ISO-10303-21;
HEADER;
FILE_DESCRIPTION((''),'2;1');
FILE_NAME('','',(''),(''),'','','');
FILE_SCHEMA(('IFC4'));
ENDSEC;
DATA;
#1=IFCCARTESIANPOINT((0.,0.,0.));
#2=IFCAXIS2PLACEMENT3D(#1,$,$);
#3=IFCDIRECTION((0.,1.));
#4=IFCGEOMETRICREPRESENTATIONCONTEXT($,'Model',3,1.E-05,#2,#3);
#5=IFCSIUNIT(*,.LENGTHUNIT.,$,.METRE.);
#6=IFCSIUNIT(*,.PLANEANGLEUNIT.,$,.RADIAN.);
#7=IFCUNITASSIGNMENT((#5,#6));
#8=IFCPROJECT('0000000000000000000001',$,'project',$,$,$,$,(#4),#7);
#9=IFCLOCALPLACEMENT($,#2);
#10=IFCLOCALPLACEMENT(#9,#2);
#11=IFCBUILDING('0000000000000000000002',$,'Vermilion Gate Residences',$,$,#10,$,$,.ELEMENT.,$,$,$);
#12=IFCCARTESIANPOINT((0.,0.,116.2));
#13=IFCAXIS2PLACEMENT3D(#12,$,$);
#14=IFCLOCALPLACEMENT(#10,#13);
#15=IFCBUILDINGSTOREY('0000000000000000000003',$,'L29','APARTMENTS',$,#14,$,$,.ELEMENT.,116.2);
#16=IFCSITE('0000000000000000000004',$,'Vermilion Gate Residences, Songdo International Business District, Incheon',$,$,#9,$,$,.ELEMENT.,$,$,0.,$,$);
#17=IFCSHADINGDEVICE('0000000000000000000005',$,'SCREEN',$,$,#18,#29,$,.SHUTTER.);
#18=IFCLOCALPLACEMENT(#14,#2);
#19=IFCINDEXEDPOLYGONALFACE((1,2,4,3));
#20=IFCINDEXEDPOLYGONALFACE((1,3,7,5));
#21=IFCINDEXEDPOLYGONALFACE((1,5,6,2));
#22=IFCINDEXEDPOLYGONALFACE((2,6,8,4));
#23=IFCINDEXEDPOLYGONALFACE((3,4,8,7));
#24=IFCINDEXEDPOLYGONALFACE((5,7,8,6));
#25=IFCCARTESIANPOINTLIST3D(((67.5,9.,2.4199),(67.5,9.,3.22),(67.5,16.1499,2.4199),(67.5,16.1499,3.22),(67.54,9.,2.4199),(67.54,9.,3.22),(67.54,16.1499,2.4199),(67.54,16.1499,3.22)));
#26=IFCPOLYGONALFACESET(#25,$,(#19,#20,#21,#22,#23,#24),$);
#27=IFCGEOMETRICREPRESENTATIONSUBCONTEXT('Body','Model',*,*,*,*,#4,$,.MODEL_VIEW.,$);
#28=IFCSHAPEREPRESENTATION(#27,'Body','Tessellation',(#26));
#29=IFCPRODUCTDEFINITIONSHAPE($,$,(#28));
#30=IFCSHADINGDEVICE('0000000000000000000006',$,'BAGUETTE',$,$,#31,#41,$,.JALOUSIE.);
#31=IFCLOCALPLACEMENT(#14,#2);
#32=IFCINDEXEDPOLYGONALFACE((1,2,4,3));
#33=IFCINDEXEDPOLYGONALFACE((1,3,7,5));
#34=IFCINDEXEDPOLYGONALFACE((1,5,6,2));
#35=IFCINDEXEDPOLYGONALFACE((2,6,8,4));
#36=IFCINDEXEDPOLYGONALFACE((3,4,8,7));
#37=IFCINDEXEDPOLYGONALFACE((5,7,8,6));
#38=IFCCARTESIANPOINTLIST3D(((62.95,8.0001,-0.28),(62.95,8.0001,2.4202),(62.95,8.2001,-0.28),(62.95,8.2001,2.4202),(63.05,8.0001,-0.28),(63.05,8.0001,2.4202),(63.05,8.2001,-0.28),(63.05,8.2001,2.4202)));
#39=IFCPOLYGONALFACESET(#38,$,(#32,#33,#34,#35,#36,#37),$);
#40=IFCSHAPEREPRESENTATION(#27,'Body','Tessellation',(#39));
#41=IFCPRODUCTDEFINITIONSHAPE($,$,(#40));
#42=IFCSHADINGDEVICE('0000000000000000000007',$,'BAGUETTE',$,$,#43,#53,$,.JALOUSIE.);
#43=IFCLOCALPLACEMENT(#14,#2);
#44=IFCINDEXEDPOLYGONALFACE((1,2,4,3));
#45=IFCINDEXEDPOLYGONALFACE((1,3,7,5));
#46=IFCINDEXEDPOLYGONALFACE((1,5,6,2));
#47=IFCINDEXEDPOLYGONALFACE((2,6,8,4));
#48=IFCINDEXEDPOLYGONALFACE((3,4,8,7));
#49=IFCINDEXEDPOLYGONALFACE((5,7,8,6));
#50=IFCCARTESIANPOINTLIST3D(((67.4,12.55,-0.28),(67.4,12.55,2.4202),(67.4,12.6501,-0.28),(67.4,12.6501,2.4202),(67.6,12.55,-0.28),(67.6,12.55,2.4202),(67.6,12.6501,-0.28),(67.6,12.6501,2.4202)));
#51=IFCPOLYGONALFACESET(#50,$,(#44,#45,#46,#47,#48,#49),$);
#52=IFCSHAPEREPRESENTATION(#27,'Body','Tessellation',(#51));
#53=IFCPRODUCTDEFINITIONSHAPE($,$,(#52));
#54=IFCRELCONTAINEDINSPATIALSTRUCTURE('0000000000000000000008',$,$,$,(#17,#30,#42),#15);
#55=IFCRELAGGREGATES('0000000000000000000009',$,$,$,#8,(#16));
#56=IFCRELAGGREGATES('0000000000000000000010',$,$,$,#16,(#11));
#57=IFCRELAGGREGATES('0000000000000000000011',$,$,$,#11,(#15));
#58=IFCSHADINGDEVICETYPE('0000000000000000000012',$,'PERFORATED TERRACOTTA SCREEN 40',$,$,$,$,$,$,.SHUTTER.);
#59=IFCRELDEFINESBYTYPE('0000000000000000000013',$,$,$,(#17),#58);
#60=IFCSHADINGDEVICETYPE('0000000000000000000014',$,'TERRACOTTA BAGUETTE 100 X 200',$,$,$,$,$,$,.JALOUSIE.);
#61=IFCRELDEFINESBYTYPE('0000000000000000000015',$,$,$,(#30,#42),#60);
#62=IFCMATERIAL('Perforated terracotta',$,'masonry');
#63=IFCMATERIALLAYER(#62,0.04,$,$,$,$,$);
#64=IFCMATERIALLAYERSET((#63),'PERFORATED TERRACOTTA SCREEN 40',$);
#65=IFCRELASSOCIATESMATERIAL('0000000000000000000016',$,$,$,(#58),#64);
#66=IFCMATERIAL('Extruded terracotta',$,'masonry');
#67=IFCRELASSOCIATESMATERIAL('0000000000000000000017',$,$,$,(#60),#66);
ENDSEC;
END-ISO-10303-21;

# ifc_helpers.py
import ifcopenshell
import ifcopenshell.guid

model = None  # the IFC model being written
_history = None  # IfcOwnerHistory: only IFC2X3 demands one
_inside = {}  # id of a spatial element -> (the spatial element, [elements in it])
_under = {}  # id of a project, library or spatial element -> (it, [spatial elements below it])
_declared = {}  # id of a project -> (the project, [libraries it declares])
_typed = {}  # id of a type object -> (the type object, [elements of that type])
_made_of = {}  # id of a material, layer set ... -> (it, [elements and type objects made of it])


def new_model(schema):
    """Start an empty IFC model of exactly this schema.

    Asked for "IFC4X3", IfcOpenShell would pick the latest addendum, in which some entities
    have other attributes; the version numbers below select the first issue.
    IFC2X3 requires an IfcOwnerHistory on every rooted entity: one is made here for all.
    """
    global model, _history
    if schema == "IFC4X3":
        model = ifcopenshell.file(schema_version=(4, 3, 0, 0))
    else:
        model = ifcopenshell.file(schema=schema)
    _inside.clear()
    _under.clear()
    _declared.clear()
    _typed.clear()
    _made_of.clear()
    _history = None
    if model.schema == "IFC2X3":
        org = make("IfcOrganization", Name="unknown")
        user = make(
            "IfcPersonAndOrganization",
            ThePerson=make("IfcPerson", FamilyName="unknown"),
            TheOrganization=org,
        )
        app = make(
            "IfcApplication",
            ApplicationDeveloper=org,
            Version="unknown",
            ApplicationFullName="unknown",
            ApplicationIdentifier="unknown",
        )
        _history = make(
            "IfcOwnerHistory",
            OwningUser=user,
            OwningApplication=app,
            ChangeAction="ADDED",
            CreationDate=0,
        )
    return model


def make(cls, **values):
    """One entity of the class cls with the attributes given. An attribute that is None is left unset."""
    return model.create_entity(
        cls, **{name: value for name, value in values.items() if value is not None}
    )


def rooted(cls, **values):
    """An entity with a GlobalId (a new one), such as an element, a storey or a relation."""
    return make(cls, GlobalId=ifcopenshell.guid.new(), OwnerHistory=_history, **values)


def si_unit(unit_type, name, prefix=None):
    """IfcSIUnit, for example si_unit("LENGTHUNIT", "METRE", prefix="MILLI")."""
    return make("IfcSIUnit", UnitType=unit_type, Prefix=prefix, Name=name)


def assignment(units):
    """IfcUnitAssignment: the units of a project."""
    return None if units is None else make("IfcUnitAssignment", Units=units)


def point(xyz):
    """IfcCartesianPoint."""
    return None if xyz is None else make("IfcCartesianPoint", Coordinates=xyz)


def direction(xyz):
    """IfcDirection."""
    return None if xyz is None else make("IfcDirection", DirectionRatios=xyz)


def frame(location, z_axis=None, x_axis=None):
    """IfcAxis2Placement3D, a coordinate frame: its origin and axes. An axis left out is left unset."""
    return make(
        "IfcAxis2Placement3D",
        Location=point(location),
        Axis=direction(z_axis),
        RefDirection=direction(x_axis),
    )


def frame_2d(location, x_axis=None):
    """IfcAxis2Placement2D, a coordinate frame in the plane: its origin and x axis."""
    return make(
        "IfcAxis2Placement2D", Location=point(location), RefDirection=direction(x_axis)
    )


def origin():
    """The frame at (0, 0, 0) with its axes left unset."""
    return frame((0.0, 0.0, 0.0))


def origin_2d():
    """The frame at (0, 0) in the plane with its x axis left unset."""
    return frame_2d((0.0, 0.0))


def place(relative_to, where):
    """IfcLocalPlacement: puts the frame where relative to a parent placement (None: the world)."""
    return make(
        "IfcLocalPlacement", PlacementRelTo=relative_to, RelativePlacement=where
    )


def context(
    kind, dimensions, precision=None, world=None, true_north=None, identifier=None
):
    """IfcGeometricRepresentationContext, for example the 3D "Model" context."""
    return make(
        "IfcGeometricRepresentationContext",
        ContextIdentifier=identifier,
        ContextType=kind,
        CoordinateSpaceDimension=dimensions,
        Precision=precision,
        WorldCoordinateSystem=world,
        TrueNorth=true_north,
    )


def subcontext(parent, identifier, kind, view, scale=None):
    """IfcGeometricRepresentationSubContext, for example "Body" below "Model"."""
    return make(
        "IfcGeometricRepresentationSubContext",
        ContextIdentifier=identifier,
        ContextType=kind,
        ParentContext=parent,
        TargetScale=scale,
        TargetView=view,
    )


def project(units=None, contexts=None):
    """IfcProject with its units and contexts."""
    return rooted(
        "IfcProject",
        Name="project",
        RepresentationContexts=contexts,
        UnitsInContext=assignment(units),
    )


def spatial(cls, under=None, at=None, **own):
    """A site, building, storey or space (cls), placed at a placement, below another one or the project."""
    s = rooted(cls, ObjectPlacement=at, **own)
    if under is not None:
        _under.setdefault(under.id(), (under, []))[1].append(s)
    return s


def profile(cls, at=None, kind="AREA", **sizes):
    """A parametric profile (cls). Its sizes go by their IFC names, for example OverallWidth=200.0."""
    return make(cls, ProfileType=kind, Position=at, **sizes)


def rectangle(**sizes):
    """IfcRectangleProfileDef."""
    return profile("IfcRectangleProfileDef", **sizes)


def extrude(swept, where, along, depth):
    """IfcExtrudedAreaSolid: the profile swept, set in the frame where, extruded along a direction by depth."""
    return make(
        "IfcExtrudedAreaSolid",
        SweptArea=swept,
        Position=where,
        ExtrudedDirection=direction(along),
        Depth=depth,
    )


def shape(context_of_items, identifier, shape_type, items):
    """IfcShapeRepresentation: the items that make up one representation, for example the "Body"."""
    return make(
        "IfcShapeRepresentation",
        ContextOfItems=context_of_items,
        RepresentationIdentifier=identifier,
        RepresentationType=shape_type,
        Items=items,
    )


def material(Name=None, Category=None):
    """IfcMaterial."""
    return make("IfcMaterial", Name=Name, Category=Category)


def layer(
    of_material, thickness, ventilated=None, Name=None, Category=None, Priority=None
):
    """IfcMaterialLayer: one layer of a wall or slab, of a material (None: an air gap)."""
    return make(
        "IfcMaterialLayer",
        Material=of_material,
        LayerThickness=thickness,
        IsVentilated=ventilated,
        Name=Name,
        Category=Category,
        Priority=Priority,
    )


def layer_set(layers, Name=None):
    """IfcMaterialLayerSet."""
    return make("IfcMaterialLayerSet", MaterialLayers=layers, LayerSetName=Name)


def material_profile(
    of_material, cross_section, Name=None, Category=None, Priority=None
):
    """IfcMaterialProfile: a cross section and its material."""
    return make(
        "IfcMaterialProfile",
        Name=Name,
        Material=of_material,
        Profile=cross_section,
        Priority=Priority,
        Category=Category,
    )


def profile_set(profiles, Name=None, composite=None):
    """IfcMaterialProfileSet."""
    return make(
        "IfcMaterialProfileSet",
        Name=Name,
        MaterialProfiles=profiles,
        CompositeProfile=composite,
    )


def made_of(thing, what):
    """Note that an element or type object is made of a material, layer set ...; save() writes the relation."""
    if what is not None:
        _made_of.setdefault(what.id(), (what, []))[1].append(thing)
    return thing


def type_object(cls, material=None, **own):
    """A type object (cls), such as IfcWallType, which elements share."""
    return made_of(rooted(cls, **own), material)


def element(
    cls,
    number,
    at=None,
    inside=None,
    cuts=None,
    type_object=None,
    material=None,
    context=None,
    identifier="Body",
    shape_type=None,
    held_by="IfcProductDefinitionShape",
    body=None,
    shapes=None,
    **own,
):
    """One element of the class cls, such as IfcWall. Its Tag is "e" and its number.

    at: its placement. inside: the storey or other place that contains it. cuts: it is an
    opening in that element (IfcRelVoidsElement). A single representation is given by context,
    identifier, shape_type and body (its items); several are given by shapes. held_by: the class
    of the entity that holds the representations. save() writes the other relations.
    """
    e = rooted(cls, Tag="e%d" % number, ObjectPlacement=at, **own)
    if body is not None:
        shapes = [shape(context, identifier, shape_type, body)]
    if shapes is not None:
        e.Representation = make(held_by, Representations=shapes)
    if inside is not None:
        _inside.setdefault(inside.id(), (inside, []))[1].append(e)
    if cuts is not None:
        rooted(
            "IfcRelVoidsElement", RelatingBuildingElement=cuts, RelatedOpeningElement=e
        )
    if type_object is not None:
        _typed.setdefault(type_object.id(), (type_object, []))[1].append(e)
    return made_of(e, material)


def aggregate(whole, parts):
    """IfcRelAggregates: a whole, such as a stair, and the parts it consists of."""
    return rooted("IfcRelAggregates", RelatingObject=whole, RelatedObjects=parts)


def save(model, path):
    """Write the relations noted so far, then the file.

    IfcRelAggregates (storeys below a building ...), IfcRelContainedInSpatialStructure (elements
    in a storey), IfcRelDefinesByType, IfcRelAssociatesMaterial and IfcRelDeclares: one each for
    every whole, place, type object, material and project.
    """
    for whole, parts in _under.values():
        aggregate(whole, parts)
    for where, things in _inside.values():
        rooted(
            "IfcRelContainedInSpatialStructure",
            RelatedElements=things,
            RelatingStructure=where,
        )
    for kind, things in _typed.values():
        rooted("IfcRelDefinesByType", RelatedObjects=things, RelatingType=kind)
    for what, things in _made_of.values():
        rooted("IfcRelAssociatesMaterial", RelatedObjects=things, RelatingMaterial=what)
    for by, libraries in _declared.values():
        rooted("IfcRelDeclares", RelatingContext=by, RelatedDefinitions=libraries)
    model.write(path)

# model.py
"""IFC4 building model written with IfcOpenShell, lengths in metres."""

from ifc_helpers import new_model, si_unit, direction, frame, origin, origin_2d, place, context, subcontext, project, spatial, rectangle, extrude, material, layer, layer_set, material_profile, profile_set, type_object, element, save


model = new_model("IFC4")

# Units and contexts
model_context = context("Model", 3, precision=1e-05, world=origin(), true_north=direction((0.0, 1.0)))
body_context = subcontext(model_context, "Body", "Model", "MODEL_VIEW")
ifc_project = project(units=[si_unit("LENGTHUNIT", "METRE"), si_unit("PLANEANGLEUNIT", "RADIAN")], contexts=[model_context])

# Site, building, storey
site_placement = place(None, origin())
site = spatial("IfcSite", under=ifc_project, at=site_placement, Name="Vermilion Gate Residences, Songdo International Business District, Incheon", CompositionType="ELEMENT", RefElevation=0.0)
building_placement = place(site_placement, origin())
building = spatial("IfcBuilding", under=site, at=building_placement, Name="Vermilion Gate Residences", CompositionType="ELEMENT")
storey_placement = place(building_placement, frame((0.0, 0.0, 116.2)))
storey = spatial("IfcBuildingStorey", under=building, at=storey_placement, Name="L29", Description="APARTMENTS", CompositionType="ELEMENT", Elevation=116.2)

# Shading devices
ifc_material_1 = material(Name="Perforated terracotta", Category="masonry")
ifc_layer_1 = layer(ifc_material_1, 0.04)
ifc_layer_set_1 = layer_set([ifc_layer_1], Name="PERFORATED TERRACOTTA SCREEN 40")
shading_device_type_1 = type_object("IfcShadingDeviceType", Name="PERFORATED TERRACOTTA SCREEN 40", PredefinedType="SHUTTER", material=ifc_layer_set_1)
shading_device_1_placement = place(storey_placement, frame((67.52, 12.575, 2.4199), z_axis=(0.0, 0.0, 1.0), x_axis=(0.0, 1.0, 0.0)))
element("IfcShadingDevice", 1, at=shading_device_1_placement, inside=storey, type_object=shading_device_type_1, Name="SCREEN", PredefinedType="SHUTTER", context=body_context, shape_type="SweptSolid", body=[
    extrude(rectangle(XDim=7.1499, YDim=0.04, at=origin_2d()), origin(), (0.0, 0.0, 1.0), 0.8),
])
ifc_material_2 = material(Name="Extruded terracotta", Category="masonry")
ifc_material_profile_1 = material_profile(ifc_material_2, rectangle(XDim=0.2, YDim=0.1001, at=origin_2d()), Name="BAGUETTE 100 X 200")
ifc_profile_set_1 = profile_set([ifc_material_profile_1], Name="Extruded terracotta")
shading_device_type_2 = type_object("IfcShadingDeviceType", Name="TERRACOTTA BAGUETTE 100 X 200", PredefinedType="JALOUSIE", material=ifc_profile_set_1)
for number, where, z_axis, x_axis, name in (
    (2, (63.0, 8.1001, -0.28), (0.0, 0.0, 1.0), (0.0, 1.0, 0.0), "BAGUETTE"),
    (3, (67.5, 12.6001, -0.28), (0.0, 0.0, 1.0), (-1.0, 0.0, 0.0), "BAGUETTE"),
):
    element("IfcShadingDevice", number, at=place(storey_placement, frame(where, z_axis=z_axis, x_axis=x_axis)), inside=storey, type_object=shading_device_type_2, Name=name, PredefinedType="JALOUSIE", context=body_context, shape_type="SweptSolid", body=[
        extrude(rectangle(XDim=0.2, YDim=0.1001, at=origin_2d()), origin(), (0.0, 0.0, 1.0), 2.7002),
    ])

save(model, "model.ifc")
